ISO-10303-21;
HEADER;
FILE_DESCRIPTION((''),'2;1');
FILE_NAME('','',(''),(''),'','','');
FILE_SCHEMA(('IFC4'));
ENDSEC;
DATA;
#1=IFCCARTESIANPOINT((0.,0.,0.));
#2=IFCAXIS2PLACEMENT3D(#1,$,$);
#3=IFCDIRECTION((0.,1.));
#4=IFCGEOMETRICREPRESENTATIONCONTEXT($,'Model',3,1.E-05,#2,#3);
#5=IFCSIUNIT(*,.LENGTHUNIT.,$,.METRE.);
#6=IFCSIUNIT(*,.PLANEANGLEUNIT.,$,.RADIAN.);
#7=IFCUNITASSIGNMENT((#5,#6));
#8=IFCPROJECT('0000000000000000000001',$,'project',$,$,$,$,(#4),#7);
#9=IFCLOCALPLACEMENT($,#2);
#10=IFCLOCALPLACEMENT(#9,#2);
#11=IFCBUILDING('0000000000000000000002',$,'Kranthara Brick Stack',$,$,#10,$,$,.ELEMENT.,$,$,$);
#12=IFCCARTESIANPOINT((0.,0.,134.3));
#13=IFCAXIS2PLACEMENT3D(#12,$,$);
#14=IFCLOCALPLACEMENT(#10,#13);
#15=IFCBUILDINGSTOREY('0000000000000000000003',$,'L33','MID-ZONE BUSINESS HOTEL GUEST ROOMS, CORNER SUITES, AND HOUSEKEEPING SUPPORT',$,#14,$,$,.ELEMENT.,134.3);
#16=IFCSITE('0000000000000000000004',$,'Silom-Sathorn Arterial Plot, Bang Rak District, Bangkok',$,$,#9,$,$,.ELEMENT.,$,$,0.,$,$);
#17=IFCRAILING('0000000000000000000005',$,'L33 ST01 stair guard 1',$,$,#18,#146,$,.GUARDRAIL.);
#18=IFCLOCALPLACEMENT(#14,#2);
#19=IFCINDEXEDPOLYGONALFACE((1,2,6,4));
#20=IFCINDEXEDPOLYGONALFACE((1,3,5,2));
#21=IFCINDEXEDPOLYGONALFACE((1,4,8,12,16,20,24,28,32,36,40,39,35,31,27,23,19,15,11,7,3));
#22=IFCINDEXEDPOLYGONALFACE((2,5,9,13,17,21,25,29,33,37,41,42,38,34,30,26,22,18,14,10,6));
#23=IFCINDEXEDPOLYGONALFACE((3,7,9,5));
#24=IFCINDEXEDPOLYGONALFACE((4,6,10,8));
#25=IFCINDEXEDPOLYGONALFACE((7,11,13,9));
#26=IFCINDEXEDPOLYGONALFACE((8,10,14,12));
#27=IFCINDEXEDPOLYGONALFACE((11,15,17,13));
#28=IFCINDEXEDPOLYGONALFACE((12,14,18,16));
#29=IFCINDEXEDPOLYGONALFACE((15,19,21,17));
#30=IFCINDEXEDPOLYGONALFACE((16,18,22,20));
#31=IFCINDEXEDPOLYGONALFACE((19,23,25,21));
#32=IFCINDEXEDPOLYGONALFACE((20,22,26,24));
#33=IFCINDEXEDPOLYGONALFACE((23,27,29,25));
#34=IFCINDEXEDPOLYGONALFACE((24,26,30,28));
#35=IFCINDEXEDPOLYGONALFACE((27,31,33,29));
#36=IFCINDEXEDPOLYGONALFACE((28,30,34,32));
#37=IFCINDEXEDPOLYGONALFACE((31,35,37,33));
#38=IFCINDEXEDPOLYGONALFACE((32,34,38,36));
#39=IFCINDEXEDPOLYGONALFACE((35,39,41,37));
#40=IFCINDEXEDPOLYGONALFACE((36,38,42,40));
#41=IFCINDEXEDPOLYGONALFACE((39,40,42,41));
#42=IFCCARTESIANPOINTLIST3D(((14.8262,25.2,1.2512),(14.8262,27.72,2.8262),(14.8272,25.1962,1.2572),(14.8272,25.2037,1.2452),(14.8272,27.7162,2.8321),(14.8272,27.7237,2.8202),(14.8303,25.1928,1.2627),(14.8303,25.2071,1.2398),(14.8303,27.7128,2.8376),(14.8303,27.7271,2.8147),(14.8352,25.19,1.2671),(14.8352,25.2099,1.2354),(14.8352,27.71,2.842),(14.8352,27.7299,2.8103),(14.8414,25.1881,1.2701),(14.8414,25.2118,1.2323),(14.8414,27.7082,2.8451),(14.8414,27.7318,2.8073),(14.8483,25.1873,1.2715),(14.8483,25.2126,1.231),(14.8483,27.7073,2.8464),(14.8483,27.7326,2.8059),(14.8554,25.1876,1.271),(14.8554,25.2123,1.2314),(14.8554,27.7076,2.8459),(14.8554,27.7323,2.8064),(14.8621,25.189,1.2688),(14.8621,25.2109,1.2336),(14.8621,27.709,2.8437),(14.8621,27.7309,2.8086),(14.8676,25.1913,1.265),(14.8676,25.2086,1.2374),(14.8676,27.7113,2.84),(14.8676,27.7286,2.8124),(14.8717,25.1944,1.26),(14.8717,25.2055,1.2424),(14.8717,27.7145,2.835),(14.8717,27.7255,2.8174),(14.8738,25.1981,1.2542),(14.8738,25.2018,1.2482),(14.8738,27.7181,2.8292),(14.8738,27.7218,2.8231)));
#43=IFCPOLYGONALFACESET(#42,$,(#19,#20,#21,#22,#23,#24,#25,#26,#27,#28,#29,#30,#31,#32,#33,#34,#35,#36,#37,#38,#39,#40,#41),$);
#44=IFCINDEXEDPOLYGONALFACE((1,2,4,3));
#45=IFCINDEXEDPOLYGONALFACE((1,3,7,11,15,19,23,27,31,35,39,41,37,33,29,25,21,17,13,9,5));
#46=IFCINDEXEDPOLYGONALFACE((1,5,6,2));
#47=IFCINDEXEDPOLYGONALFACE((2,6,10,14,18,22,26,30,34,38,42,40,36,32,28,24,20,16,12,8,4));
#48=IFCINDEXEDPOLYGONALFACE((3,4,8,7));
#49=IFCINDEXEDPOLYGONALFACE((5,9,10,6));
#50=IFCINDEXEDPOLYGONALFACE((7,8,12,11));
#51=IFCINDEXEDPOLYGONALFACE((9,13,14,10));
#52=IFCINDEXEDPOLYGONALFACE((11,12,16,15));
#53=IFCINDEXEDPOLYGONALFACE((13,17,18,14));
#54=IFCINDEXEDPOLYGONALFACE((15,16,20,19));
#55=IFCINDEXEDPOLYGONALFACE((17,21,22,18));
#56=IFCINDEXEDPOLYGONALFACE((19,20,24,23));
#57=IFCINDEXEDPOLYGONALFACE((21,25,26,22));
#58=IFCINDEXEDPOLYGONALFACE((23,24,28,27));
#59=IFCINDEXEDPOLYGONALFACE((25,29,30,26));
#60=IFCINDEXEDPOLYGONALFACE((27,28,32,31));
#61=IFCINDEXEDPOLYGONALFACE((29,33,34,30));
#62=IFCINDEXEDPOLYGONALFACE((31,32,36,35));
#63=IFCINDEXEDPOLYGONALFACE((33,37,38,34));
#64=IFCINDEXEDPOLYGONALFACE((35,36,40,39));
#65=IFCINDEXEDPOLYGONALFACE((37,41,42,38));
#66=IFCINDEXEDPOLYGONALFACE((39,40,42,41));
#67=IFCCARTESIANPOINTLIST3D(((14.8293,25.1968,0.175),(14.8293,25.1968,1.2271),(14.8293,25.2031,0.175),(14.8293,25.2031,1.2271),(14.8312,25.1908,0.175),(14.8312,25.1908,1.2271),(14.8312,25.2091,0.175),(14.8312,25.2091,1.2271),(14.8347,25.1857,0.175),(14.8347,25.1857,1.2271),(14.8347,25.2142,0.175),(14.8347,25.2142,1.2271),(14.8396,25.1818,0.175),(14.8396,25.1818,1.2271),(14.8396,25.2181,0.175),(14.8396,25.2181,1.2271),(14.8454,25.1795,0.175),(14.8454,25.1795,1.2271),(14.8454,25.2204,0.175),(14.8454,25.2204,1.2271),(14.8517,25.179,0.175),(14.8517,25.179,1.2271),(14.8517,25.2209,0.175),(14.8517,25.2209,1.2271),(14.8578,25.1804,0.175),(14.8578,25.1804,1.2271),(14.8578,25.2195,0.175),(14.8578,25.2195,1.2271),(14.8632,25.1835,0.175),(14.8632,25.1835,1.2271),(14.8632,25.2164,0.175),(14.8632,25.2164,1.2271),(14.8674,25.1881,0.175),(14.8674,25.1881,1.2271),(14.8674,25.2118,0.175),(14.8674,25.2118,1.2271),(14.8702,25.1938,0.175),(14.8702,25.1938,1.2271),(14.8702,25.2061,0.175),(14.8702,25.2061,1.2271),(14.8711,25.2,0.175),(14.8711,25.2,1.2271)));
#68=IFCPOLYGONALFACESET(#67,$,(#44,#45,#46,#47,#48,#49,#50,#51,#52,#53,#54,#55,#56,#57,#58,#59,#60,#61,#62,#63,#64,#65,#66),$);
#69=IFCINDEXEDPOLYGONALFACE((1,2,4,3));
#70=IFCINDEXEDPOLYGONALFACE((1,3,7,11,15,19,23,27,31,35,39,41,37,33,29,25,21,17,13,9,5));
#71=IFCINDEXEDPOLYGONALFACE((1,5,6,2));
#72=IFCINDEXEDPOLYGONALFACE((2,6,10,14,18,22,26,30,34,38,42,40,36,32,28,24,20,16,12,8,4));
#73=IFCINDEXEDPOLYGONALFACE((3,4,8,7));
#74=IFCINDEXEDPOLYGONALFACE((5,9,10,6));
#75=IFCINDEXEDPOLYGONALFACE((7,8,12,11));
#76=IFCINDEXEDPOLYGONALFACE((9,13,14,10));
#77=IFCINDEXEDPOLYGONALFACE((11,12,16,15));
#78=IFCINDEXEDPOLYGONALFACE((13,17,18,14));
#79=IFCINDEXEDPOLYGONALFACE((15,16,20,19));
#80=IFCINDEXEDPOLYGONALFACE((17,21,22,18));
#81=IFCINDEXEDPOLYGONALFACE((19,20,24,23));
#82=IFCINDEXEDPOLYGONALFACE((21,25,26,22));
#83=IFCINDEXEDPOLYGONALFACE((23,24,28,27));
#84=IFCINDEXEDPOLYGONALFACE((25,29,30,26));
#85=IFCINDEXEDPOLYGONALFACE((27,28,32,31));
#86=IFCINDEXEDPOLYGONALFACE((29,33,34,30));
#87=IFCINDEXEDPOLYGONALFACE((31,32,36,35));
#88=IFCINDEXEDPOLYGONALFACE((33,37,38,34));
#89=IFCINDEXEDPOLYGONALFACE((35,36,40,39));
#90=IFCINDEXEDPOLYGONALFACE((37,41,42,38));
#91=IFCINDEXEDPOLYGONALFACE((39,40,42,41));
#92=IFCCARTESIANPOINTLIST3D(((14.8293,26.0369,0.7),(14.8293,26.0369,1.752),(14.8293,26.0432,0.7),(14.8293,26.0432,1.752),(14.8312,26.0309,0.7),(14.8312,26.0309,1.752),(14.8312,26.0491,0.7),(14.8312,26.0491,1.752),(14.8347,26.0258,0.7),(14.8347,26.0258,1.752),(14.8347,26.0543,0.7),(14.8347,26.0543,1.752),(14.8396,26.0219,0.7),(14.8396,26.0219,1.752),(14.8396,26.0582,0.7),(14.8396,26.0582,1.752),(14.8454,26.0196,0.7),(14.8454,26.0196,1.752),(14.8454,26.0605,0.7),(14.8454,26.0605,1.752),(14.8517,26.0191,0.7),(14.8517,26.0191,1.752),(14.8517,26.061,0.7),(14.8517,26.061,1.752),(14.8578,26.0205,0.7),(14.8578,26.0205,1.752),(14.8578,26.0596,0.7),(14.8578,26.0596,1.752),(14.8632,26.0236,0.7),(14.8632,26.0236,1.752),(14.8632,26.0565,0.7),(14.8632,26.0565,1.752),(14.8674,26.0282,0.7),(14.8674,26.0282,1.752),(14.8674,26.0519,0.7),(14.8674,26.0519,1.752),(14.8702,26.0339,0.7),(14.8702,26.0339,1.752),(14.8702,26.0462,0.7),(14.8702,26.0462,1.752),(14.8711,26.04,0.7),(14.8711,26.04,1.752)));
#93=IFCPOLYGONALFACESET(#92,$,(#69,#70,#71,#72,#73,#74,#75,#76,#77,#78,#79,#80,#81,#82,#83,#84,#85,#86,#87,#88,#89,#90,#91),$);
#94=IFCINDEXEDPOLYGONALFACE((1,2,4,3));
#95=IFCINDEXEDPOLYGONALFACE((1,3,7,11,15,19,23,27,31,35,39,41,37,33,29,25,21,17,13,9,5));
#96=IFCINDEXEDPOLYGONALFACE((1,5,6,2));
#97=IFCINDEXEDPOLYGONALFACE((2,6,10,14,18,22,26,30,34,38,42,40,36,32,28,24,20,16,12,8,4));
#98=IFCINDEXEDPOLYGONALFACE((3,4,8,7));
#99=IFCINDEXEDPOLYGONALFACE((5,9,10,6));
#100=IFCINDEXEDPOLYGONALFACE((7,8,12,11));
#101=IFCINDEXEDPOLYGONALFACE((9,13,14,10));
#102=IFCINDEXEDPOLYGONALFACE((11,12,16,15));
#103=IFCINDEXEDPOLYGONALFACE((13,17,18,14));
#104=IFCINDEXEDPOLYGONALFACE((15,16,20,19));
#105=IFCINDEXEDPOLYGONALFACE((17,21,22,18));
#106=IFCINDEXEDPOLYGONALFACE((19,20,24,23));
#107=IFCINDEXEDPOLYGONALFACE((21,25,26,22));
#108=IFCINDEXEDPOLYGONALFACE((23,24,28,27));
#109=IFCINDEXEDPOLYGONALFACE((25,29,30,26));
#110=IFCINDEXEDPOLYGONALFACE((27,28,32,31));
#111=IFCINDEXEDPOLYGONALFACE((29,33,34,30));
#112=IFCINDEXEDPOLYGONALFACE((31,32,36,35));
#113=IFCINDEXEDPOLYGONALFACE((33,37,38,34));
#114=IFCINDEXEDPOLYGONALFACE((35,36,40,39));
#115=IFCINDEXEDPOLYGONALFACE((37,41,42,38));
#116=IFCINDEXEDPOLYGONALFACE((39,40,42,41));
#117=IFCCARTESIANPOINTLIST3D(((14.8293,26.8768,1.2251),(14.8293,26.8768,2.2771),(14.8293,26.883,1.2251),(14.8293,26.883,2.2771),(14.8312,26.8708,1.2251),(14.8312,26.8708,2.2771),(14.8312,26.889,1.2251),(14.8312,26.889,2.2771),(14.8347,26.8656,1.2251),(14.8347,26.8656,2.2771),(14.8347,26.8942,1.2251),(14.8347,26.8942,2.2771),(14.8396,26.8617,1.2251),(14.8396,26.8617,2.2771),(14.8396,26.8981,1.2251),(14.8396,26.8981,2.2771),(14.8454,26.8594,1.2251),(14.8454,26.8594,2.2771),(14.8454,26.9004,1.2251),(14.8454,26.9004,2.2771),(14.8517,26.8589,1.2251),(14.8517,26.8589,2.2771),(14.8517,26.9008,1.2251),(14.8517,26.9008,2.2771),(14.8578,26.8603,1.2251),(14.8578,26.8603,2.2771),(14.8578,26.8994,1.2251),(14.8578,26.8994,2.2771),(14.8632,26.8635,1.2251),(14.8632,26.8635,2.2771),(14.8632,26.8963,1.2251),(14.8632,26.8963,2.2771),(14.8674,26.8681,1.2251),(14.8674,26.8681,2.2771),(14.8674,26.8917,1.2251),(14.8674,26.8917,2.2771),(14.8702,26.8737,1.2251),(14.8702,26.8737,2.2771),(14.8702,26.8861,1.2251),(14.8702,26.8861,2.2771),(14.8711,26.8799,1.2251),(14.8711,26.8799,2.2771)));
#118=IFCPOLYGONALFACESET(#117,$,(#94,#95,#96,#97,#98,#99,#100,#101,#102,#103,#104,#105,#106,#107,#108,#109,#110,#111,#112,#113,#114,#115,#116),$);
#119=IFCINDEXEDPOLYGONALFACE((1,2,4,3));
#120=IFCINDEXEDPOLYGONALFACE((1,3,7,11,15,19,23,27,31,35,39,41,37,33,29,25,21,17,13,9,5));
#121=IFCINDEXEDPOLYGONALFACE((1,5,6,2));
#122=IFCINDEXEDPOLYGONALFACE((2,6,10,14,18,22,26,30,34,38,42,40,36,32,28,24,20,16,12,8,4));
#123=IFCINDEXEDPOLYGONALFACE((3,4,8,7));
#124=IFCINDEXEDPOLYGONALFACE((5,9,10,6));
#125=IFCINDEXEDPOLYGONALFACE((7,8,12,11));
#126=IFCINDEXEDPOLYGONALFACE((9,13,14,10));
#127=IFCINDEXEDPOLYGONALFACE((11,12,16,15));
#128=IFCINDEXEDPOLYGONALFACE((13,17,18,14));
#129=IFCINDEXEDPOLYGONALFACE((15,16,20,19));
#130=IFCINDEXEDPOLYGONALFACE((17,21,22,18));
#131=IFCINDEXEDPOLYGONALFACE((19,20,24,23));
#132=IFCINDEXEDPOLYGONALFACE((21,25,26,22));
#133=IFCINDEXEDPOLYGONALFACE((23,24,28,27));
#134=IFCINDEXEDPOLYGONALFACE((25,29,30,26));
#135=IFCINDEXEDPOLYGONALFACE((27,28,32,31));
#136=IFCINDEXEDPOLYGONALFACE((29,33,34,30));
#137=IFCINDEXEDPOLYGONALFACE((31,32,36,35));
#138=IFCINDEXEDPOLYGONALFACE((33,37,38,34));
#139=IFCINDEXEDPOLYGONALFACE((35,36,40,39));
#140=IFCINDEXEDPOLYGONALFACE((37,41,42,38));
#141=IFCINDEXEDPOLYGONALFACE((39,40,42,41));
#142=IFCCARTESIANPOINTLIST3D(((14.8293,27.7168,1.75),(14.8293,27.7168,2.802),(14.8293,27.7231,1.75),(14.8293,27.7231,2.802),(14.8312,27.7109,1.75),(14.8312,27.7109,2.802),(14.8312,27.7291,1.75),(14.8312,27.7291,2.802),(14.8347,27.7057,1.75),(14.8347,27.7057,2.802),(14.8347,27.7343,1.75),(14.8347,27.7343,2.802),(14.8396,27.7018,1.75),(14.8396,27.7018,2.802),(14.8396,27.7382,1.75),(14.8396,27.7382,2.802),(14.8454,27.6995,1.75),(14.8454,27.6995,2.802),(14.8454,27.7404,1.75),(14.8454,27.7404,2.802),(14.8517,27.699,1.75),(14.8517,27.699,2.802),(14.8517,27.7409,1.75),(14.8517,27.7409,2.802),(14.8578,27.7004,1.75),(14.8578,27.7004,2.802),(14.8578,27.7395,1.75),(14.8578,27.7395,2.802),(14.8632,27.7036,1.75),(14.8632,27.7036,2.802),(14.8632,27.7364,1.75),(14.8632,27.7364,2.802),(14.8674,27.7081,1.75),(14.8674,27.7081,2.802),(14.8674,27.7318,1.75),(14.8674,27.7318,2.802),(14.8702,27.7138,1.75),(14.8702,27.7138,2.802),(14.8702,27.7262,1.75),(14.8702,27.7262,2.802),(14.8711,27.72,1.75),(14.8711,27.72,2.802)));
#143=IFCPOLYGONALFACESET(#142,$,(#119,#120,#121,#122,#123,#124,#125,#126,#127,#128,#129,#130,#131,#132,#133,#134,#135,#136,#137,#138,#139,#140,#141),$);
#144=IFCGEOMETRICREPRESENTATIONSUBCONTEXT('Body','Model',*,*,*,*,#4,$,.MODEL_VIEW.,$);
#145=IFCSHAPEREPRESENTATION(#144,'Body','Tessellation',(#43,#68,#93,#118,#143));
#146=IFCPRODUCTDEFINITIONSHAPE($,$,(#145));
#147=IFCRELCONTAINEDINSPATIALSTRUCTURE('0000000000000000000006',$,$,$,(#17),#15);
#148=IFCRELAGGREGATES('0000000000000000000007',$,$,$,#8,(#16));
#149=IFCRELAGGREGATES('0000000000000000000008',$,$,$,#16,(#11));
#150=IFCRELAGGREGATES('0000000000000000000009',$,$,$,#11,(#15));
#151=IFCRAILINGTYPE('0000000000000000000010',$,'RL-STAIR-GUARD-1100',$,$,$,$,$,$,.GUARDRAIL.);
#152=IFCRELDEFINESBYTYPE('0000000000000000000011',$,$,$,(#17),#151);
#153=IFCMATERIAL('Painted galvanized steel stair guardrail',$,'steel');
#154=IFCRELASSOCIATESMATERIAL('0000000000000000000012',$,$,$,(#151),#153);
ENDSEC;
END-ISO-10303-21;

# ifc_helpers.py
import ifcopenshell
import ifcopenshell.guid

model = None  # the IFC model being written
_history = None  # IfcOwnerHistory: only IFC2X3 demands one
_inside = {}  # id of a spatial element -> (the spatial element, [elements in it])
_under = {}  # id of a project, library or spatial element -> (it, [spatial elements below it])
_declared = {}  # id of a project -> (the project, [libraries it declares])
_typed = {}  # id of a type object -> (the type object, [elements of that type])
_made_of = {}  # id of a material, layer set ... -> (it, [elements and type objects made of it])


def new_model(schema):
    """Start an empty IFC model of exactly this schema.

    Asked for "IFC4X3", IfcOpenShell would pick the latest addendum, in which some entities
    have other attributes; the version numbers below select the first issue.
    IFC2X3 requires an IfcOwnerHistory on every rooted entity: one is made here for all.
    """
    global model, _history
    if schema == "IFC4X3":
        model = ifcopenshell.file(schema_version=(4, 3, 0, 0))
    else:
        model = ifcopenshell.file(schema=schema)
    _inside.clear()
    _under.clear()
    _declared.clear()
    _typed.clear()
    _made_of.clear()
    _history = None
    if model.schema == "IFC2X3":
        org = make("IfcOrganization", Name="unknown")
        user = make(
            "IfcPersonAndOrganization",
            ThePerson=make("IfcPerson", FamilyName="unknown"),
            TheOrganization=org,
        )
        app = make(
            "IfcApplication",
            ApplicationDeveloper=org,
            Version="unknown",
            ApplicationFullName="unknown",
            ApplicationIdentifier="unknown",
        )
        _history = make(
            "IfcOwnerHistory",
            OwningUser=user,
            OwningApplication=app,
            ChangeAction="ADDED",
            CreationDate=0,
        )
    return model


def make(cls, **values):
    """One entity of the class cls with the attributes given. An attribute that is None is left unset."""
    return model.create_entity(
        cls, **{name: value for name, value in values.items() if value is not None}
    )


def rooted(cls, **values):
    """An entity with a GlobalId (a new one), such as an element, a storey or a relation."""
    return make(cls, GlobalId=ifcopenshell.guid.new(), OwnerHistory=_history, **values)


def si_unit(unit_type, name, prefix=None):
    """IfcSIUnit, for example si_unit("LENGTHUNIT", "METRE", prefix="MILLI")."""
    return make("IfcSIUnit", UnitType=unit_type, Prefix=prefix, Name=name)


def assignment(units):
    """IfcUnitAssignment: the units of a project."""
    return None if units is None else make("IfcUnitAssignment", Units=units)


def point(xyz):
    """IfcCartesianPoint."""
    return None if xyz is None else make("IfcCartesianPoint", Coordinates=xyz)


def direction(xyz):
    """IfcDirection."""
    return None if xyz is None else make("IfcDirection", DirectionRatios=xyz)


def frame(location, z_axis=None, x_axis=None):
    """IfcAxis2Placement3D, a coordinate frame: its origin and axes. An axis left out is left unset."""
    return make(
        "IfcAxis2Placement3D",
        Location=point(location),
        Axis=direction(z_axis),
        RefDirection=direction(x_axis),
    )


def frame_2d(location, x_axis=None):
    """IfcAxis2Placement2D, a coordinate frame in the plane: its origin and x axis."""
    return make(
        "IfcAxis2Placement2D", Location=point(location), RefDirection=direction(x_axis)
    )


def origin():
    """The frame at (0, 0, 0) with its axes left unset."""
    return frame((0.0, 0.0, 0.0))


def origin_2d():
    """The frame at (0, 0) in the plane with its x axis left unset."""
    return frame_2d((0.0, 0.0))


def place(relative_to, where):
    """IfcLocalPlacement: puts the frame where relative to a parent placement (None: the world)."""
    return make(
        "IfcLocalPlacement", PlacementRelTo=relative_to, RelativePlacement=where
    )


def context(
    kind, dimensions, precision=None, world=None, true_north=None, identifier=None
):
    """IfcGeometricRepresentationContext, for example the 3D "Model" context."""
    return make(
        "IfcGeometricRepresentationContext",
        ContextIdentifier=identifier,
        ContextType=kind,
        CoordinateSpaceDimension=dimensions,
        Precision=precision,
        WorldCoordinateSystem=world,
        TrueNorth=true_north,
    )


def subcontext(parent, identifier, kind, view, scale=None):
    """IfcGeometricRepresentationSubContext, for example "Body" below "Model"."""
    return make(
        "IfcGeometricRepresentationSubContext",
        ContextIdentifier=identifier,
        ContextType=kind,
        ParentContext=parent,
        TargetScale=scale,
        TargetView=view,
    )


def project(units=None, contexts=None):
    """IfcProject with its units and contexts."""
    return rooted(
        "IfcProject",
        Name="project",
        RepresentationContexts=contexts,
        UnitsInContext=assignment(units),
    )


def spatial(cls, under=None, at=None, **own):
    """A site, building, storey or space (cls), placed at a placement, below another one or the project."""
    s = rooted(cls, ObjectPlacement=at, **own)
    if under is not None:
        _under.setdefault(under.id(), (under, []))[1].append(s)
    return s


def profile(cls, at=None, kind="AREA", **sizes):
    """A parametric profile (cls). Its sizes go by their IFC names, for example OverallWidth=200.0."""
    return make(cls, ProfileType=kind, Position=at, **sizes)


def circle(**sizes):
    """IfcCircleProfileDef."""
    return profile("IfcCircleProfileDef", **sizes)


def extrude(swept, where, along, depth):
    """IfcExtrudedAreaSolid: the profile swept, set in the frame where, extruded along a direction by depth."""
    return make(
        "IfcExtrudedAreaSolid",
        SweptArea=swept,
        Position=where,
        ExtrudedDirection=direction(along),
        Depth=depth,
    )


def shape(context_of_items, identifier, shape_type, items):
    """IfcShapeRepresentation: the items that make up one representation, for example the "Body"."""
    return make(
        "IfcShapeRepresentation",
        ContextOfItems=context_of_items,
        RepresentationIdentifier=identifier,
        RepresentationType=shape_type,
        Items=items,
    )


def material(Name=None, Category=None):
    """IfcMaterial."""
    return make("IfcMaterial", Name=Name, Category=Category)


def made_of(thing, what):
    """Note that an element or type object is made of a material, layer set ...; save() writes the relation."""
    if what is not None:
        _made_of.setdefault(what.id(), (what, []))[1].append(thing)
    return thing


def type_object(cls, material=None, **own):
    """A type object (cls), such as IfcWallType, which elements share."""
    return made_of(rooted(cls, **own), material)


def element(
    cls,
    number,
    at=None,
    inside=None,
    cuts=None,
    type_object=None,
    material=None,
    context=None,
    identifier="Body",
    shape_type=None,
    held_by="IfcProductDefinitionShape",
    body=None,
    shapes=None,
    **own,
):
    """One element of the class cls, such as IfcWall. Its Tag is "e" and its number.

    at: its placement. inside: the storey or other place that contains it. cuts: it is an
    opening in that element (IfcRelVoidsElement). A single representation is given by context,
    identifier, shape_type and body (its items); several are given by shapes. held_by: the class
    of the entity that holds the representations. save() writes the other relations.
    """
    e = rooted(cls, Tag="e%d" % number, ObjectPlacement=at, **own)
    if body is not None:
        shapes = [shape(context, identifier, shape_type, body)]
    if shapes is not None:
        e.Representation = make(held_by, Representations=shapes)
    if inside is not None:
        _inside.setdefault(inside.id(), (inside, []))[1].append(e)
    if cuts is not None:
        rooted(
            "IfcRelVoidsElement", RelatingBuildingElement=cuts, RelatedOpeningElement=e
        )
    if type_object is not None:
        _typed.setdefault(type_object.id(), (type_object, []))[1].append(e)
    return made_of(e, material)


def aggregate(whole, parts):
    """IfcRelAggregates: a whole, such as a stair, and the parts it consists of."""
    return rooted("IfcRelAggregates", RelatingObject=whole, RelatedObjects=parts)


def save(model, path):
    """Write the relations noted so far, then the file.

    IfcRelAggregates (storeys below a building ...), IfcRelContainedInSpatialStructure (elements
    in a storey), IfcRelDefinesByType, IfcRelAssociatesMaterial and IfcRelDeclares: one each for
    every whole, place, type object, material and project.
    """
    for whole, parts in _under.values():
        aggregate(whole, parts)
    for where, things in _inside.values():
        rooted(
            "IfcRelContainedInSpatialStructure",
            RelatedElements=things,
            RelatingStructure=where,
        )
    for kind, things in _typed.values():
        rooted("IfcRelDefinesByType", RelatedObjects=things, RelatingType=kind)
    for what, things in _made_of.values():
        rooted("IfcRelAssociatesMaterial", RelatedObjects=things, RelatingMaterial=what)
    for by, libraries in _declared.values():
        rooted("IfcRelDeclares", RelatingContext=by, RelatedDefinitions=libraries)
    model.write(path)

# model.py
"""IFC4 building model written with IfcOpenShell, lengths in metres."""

from ifc_helpers import new_model, si_unit, direction, frame, origin, origin_2d, place, context, subcontext, project, spatial, circle, extrude, material, type_object, element, save


model = new_model("IFC4")

# Units and contexts
model_context = context("Model", 3, precision=1e-05, world=origin(), true_north=direction((0.0, 1.0)))
body_context = subcontext(model_context, "Body", "Model", "MODEL_VIEW")
ifc_project = project(units=[si_unit("LENGTHUNIT", "METRE"), si_unit("PLANEANGLEUNIT", "RADIAN")], contexts=[model_context])

# Site, building, storey
site_placement = place(None, origin())
site = spatial("IfcSite", under=ifc_project, at=site_placement, Name="Silom-Sathorn Arterial Plot, Bang Rak District, Bangkok", CompositionType="ELEMENT", RefElevation=0.0)
building_placement = place(site_placement, origin())
building = spatial("IfcBuilding", under=site, at=building_placement, Name="Kranthara Brick Stack", CompositionType="ELEMENT")
storey_placement = place(building_placement, frame((0.0, 0.0, 134.3)))
storey = spatial("IfcBuildingStorey", under=building, at=storey_placement, Name="L33", Description="MID-ZONE BUSINESS HOTEL GUEST ROOMS, CORNER SUITES, AND HOUSEKEEPING SUPPORT", CompositionType="ELEMENT", Elevation=134.3)

# Railing
ifc_material_1 = material(Name="Painted galvanized steel stair guardrail", Category="steel")
railing_type_1 = type_object("IfcRailingType", Name="RL-STAIR-GUARD-1100", PredefinedType="GUARDRAIL", material=ifc_material_1)
railing_1_placement = place(storey_placement, frame((14.8501, 25.2, 0.175)))
element("IfcRailing", 1, at=railing_1_placement, inside=storey, type_object=railing_type_1, Name="L33 ST01 stair guard 1", PredefinedType="GUARDRAIL", context=body_context, shape_type="SweptSolid", body=[
    extrude(circle(Radius=0.0239, at=origin_2d()), frame((0.0, 0.0, 1.0762), z_axis=(0.0, 0.848008, 0.529984), x_axis=(-1.0, 0.0, 0.0)), (0.0, 0.0, 1.0), 2.9717),
    extrude(circle(Radius=0.021, at=origin_2d()), origin(), (0.0, 0.0, 1.0), 1.052),
    extrude(circle(Radius=0.021, at=origin_2d()), frame((0.0, 0.8401, 0.5249)), (0.0, 0.0, 1.0), 1.052),
    extrude(circle(Radius=0.021, at=origin_2d()), frame((0.0, 1.6799, 1.05)), (0.0, 0.0, 1.0), 1.052),
    extrude(circle(Radius=0.021, at=origin_2d()), frame((0.0, 2.52, 1.575)), (0.0, 0.0, 1.0), 1.052),
])

save(model, "model.ifc")
